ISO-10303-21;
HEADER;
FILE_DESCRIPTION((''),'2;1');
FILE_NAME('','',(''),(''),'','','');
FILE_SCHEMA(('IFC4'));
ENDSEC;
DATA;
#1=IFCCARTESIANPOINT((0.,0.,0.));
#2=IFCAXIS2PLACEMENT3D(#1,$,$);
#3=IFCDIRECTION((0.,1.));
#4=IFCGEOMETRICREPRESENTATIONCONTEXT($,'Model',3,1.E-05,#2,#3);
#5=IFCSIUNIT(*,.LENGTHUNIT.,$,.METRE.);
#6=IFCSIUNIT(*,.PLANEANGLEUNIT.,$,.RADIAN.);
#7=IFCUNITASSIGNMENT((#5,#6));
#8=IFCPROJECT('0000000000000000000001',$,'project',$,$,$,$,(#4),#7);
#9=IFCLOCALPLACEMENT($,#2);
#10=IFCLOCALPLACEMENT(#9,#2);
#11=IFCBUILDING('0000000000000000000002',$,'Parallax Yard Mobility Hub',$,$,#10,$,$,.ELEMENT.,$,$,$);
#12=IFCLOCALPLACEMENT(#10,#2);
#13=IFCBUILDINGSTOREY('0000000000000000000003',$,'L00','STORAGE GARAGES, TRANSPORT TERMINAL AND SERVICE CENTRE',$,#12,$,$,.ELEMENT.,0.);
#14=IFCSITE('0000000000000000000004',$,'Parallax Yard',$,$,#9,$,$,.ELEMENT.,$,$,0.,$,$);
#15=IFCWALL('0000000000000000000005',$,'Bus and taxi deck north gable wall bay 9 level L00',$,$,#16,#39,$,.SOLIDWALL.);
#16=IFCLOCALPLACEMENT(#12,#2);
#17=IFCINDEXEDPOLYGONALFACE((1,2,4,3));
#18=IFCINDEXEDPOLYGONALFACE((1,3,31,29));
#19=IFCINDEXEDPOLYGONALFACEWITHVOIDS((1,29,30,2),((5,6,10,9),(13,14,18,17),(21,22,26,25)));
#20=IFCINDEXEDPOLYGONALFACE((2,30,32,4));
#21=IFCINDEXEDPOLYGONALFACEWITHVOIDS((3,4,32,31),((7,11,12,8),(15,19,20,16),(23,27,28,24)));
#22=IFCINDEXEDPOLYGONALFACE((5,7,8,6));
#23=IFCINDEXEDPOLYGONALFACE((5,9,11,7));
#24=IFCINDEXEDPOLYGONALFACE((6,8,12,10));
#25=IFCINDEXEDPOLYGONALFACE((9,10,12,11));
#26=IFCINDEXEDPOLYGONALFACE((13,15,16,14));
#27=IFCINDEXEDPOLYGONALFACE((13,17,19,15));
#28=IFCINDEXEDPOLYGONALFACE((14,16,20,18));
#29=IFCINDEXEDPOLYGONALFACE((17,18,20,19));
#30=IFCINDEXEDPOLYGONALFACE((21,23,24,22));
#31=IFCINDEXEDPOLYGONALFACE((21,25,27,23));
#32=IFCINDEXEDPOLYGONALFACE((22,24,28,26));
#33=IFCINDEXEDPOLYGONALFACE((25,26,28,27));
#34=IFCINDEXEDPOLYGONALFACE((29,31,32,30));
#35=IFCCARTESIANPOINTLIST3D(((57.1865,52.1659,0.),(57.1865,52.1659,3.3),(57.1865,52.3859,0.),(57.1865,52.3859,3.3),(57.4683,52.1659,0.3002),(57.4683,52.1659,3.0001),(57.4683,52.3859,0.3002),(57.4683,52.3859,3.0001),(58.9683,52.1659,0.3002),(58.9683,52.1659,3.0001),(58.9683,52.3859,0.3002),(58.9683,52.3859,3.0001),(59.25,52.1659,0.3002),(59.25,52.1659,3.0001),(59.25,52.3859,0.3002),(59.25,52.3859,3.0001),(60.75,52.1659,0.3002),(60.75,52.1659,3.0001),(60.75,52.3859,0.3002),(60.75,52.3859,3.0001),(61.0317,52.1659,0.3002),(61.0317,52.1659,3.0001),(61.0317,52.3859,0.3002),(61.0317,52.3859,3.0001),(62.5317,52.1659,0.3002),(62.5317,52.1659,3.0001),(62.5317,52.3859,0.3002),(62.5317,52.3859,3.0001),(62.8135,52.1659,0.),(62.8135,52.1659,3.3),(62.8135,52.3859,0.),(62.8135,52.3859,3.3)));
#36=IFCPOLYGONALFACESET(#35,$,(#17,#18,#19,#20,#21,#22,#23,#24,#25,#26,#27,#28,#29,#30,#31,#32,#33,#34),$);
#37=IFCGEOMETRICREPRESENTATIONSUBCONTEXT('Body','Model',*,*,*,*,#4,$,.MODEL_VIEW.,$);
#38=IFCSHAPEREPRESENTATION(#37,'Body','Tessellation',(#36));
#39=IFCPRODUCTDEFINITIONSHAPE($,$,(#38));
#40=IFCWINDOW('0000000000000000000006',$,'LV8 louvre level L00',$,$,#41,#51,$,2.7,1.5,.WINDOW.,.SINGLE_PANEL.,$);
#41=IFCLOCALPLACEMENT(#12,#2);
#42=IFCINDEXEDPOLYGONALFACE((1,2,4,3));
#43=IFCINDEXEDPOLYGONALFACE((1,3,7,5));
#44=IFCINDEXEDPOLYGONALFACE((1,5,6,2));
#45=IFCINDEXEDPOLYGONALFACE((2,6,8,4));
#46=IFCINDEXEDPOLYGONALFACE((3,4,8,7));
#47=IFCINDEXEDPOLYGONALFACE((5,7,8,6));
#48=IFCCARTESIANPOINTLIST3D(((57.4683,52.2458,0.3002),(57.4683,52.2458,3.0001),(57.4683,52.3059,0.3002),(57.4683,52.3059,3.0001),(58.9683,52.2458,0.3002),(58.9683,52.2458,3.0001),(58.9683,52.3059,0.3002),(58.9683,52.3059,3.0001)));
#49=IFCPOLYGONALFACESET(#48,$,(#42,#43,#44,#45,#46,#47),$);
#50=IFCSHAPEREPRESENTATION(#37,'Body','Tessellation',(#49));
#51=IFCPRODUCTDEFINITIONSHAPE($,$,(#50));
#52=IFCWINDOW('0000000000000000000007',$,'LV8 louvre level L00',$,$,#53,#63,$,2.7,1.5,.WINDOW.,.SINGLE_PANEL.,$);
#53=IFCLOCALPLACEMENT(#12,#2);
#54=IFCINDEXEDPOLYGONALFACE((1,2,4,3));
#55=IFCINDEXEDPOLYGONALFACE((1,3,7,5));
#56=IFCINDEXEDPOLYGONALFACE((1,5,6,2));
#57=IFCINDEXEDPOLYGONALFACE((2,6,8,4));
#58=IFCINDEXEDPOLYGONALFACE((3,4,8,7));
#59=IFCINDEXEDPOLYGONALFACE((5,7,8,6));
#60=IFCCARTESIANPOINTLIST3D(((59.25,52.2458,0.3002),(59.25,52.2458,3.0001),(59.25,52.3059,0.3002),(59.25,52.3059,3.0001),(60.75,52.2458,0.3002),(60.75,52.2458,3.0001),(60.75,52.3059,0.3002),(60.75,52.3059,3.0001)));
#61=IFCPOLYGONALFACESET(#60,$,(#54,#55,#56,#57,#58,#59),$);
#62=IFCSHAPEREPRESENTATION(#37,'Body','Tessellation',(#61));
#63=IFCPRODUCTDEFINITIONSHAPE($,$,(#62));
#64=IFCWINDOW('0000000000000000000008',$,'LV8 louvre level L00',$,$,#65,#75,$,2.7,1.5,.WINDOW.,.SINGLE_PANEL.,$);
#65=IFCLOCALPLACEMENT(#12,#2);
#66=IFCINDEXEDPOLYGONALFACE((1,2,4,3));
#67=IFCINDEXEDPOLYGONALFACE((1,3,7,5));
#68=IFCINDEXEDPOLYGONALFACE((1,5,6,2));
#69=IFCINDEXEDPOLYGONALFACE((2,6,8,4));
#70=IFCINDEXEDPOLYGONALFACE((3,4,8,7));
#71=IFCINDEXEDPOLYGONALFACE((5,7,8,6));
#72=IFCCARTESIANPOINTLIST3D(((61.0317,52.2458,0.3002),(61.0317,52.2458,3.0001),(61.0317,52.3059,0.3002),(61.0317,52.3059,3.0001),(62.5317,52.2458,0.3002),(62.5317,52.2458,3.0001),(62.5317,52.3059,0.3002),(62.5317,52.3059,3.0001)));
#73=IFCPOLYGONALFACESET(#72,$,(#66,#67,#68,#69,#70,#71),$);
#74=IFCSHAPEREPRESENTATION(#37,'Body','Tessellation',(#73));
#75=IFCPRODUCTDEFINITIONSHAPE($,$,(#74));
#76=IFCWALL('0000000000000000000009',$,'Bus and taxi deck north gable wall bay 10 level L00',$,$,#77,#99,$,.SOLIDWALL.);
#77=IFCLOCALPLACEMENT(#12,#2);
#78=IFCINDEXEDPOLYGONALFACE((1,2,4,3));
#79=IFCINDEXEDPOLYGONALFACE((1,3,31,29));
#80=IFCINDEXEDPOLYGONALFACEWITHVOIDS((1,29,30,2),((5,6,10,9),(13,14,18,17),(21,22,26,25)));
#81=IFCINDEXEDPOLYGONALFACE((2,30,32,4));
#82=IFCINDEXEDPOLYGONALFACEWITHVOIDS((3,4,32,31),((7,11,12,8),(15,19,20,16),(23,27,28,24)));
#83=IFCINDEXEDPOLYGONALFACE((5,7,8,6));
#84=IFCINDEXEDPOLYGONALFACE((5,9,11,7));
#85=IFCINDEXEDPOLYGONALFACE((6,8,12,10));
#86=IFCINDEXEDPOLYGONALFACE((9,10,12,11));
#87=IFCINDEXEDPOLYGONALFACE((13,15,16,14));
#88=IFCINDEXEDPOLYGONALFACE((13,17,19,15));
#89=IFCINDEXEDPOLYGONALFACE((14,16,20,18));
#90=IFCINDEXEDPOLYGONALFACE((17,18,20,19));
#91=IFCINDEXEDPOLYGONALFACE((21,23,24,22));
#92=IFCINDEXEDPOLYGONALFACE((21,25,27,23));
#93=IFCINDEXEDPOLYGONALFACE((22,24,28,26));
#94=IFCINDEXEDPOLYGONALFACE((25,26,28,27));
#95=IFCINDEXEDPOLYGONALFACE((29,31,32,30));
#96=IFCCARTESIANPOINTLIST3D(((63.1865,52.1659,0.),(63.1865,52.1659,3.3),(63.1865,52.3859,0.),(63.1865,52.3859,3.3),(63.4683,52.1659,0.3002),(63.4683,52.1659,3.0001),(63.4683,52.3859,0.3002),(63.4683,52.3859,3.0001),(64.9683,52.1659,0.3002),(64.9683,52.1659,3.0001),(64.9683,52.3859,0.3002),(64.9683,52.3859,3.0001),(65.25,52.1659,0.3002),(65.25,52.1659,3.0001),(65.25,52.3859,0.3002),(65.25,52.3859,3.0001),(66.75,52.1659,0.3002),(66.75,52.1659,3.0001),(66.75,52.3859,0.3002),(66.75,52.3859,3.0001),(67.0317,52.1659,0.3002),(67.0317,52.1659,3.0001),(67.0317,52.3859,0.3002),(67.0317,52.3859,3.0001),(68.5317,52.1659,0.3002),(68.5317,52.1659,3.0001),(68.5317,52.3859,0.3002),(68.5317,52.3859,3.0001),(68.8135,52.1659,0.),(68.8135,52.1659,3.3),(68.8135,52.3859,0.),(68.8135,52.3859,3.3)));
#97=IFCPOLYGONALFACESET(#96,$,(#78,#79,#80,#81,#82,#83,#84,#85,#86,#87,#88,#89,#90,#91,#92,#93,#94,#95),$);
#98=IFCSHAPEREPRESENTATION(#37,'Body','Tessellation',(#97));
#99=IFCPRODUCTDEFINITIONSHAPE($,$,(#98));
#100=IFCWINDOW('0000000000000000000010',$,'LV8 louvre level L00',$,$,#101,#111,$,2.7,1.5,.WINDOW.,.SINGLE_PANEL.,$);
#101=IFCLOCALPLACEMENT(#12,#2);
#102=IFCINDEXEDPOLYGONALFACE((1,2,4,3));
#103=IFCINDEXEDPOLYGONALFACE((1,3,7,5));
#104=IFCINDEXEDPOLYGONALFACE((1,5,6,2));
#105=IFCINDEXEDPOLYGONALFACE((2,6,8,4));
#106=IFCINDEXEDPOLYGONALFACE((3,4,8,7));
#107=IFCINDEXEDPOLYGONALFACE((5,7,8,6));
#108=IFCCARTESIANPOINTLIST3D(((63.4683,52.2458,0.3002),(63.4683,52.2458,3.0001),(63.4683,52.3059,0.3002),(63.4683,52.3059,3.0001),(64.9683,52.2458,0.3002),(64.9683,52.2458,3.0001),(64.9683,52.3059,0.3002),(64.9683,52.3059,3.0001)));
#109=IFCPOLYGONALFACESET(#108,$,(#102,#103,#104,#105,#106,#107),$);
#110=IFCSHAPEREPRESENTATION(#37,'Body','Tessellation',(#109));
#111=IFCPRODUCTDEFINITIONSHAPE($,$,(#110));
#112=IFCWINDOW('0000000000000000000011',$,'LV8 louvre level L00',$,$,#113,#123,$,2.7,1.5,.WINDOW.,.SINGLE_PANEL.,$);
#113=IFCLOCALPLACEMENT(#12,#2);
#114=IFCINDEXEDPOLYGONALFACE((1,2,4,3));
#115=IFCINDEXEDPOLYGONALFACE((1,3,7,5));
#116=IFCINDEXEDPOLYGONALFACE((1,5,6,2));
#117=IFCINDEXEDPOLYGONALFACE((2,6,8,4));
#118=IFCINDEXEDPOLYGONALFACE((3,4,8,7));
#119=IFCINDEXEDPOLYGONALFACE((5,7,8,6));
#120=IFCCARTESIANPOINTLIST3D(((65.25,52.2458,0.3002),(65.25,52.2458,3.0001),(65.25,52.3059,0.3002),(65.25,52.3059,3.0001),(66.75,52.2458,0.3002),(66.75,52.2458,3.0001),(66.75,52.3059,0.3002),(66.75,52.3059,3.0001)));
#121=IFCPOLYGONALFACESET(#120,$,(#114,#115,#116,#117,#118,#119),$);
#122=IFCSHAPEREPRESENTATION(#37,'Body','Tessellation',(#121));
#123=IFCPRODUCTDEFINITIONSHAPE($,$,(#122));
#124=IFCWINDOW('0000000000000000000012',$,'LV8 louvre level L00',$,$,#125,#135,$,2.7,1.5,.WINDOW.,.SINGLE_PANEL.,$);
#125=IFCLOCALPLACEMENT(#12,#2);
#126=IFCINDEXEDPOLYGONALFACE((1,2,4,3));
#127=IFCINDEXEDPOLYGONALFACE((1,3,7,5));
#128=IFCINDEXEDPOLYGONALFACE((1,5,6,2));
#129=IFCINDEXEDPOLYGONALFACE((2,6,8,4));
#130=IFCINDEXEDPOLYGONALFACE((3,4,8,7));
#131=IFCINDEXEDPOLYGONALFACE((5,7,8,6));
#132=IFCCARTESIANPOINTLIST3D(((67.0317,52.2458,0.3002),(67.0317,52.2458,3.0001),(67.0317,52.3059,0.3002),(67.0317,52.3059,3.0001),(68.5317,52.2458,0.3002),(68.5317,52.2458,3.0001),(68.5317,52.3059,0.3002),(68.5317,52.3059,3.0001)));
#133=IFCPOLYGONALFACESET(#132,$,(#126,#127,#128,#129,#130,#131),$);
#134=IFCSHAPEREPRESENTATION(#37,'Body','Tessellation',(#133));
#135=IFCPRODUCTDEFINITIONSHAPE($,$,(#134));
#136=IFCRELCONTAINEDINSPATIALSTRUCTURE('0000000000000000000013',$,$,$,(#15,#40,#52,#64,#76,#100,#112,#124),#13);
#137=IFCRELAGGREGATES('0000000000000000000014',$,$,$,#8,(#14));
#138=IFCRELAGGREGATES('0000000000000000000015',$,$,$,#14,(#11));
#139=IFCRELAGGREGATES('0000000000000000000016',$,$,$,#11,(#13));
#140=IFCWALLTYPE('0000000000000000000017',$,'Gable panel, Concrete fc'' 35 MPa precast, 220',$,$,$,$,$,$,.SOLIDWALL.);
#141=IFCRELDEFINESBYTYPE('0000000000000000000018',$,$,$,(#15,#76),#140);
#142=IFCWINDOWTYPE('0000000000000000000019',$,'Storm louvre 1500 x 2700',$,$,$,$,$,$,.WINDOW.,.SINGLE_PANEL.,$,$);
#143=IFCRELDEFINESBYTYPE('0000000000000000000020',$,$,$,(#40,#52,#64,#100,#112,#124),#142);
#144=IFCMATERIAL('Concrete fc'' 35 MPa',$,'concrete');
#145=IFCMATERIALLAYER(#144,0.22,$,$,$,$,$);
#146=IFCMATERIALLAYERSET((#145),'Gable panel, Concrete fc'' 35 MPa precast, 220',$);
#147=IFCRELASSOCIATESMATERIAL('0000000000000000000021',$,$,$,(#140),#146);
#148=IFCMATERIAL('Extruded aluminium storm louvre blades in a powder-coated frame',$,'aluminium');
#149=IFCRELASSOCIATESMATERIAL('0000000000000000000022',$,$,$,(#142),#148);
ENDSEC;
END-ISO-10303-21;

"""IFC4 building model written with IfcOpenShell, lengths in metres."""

from ifc_helpers import new_model, si_unit, direction, frame, frame_2d, origin, place, context, subcontext, project, spatial, rectangle, extrude, material, layer, layer_set, type_object, element, fill, save


model = new_model("IFC4")

# Units and contexts
model_context = context("Model", 3, precision=1e-05, world=origin(), true_north=direction((0.0, 1.0)))
body_context = subcontext(model_context, "Body", "Model", "MODEL_VIEW")
ifc_project = project(units=[si_unit("LENGTHUNIT", "METRE"), si_unit("PLANEANGLEUNIT", "RADIAN")], contexts=[model_context])

# Site, building, storey
site_placement = place(None, origin())
site = spatial("IfcSite", under=ifc_project, at=site_placement, Name="Parallax Yard", CompositionType="ELEMENT", RefElevation=0.0)
building_placement = place(site_placement, origin())
building = spatial("IfcBuilding", under=site, at=building_placement, Name="Parallax Yard Mobility Hub", CompositionType="ELEMENT")
storey_placement = place(building_placement, origin())
storey = spatial("IfcBuildingStorey", under=building, at=storey_placement, Name="L00", Description="STORAGE GARAGES, TRANSPORT TERMINAL AND SERVICE CENTRE", CompositionType="ELEMENT", Elevation=0.0)

# Shared definitions
ifc_material_1 = material(Name="Concrete fc' 35 MPa", Category="concrete")
ifc_layer = layer(ifc_material_1, 0.22)
ifc_layer_set = layer_set([ifc_layer], Name="Gable panel, Concrete fc' 35 MPa precast, 220")
wall_type = type_object("IfcWallType", Name="Gable panel, Concrete fc' 35 MPa precast, 220", PredefinedType="SOLIDWALL", material=ifc_layer_set)
ifc_material_2 = material(Name="Extruded aluminium storm louvre blades in a powder-coated frame", Category="aluminium")

# Walls, openings, windows
wall_1_placement = place(storey_placement, frame((57.1865, 52.2759, 0.0), z_axis=(0.0, 0.0, 1.0), x_axis=(1.0, 0.0, 0.0)))
wall_1 = element("IfcWall", 1, at=wall_1_placement, inside=storey, type_object=wall_type, Name="Bus and taxi deck north gable wall bay 9 level L00", PredefinedType="SOLIDWALL", context=body_context, shape_type="SweptSolid", body=[
    extrude(rectangle(XDim=5.627, YDim=0.22, at=frame_2d((2.8135, 0.0))), origin(), (0.0, 0.0, 1.0), 3.3),
])
opening_1_placement = place(wall_1_placement, frame((0.2817, 0.0, 0.3)))
opening_1 = element("IfcOpeningElement", 2, at=opening_1_placement, cuts=wall_1, PredefinedType="OPENING", context=body_context, shape_type="SweptSolid", body=[
    extrude(rectangle(XDim=1.5, YDim=2.7, at=frame_2d((0.75, 1.3501))), frame((0.0, 0.1201, 0.0), z_axis=(0.0, -1.0, 0.0), x_axis=(1.0, 0.0, 0.0)), (0.0, 0.0, 1.0), 0.24),
])
opening_2_placement = place(wall_1_placement, frame((2.0635, 0.0, 0.3)))
opening_2 = element("IfcOpeningElement", 3, at=opening_2_placement, cuts=wall_1, PredefinedType="OPENING", context=body_context, shape_type="SweptSolid", body=[
    extrude(rectangle(XDim=1.5, YDim=2.7, at=frame_2d((0.75, 1.3501))), frame((0.0, 0.1201, 0.0), z_axis=(0.0, -1.0, 0.0), x_axis=(1.0, 0.0, 0.0)), (0.0, 0.0, 1.0), 0.24),
])
opening_3_placement = place(wall_1_placement, frame((3.8452, 0.0, 0.3)))
opening_3 = element("IfcOpeningElement", 4, at=opening_3_placement, cuts=wall_1, PredefinedType="OPENING", context=body_context, shape_type="SweptSolid", body=[
    extrude(rectangle(XDim=1.5, YDim=2.7, at=frame_2d((0.75, 1.3501))), frame((0.0, 0.1201, 0.0), z_axis=(0.0, -1.0, 0.0), x_axis=(1.0, 0.0, 0.0)), (0.0, 0.0, 1.0), 0.24),
])
window_type_1 = type_object("IfcWindowType", Name="Storm louvre 1500 x 2700", PartitioningType="SINGLE_PANEL", PredefinedType="WINDOW", material=ifc_material_2)
window_1_placement = place(opening_1_placement, origin())
window_1 = element("IfcWindow", 5, at=window_1_placement, inside=storey, type_object=window_type_1, Name="LV8 louvre level L00", OverallHeight=2.7, OverallWidth=1.5, PartitioningType="SINGLE_PANEL", PredefinedType="WINDOW", context=body_context, shape_type="SweptSolid", body=[
    extrude(rectangle(XDim=1.5, YDim=2.7, at=frame_2d((0.75, 1.3501))), frame((0.0, 0.03, 0.0), z_axis=(0.0, -1.0, 0.0), x_axis=(1.0, 0.0, 0.0)), (0.0, 0.0, 1.0), 0.0601),
])
fill(opening_1, window_1)
window_2_placement = place(opening_2_placement, origin())
window_2 = element("IfcWindow", 6, at=window_2_placement, inside=storey, type_object=window_type_1, Name="LV8 louvre level L00", OverallHeight=2.7, OverallWidth=1.5, PartitioningType="SINGLE_PANEL", PredefinedType="WINDOW", context=body_context, shape_type="SweptSolid", body=[
    extrude(rectangle(XDim=1.5, YDim=2.7, at=frame_2d((0.75, 1.3501))), frame((0.0, 0.03, 0.0), z_axis=(0.0, -1.0, 0.0), x_axis=(1.0, 0.0, 0.0)), (0.0, 0.0, 1.0), 0.0601),
])
fill(opening_2, window_2)
window_3_placement = place(opening_3_placement, origin())
window_3 = element("IfcWindow", 7, at=window_3_placement, inside=storey, type_object=window_type_1, Name="LV8 louvre level L00", OverallHeight=2.7, OverallWidth=1.5, PartitioningType="SINGLE_PANEL", PredefinedType="WINDOW", context=body_context, shape_type="SweptSolid", body=[
    extrude(rectangle(XDim=1.5, YDim=2.7, at=frame_2d((0.75, 1.3501))), frame((0.0, 0.03, 0.0), z_axis=(0.0, -1.0, 0.0), x_axis=(1.0, 0.0, 0.0)), (0.0, 0.0, 1.0), 0.0601),
])
fill(opening_3, window_3)
wall_2_placement = place(storey_placement, frame((63.1865, 52.2759, 0.0), z_axis=(0.0, 0.0, 1.0), x_axis=(1.0, 0.0, 0.0)))
wall_2 = element("IfcWall", 8, at=wall_2_placement, inside=storey, type_object=wall_type, Name="Bus and taxi deck north gable wall bay 10 level L00", PredefinedType="SOLIDWALL", context=body_context, shape_type="SweptSolid", body=[
    extrude(rectangle(XDim=5.627, YDim=0.22, at=frame_2d((2.8135, 0.0))), origin(), (0.0, 0.0, 1.0), 3.3),
])
opening_4_placement = place(wall_2_placement, frame((0.2817, 0.0, 0.3)))
opening_4 = element("IfcOpeningElement", 9, at=opening_4_placement, cuts=wall_2, PredefinedType="OPENING", context=body_context, shape_type="SweptSolid", body=[
    extrude(rectangle(XDim=1.5, YDim=2.7, at=frame_2d((0.75, 1.3501))), frame((0.0, 0.1201, 0.0), z_axis=(0.0, -1.0, 0.0), x_axis=(1.0, 0.0, 0.0)), (0.0, 0.0, 1.0), 0.24),
])
opening_5_placement = place(wall_2_placement, frame((2.0635, 0.0, 0.3)))
opening_5 = element("IfcOpeningElement", 10, at=opening_5_placement, cuts=wall_2, PredefinedType="OPENING", context=body_context, shape_type="SweptSolid", body=[
    extrude(rectangle(XDim=1.5, YDim=2.7, at=frame_2d((0.75, 1.3501))), frame((0.0, 0.1201, 0.0), z_axis=(0.0, -1.0, 0.0), x_axis=(1.0, 0.0, 0.0)), (0.0, 0.0, 1.0), 0.24),
])
opening_6_placement = place(wall_2_placement, frame((3.8452, 0.0, 0.3)))
opening_6 = element("IfcOpeningElement", 11, at=opening_6_placement, cuts=wall_2, PredefinedType="OPENING", context=body_context, shape_type="SweptSolid", body=[
    extrude(rectangle(XDim=1.5, YDim=2.7, at=frame_2d((0.75, 1.3501))), frame((0.0, 0.1201, 0.0), z_axis=(0.0, -1.0, 0.0), x_axis=(1.0, 0.0, 0.0)), (0.0, 0.0, 1.0), 0.24),
])
window_4_placement = place(opening_4_placement, origin())
window_4 = element("IfcWindow", 12, at=window_4_placement, inside=storey, type_object=window_type_1, Name="LV8 louvre level L00", OverallHeight=2.7, OverallWidth=1.5, PartitioningType="SINGLE_PANEL", PredefinedType="WINDOW", context=body_context, shape_type="SweptSolid", body=[
    extrude(rectangle(XDim=1.5, YDim=2.7, at=frame_2d((0.75, 1.3501))), frame((0.0, 0.03, 0.0), z_axis=(0.0, -1.0, 0.0), x_axis=(1.0, 0.0, 0.0)), (0.0, 0.0, 1.0), 0.0601),
])
fill(opening_4, window_4)
window_5_placement = place(opening_5_placement, origin())
window_5 = element("IfcWindow", 13, at=window_5_placement, inside=storey, type_object=window_type_1, Name="LV8 louvre level L00", OverallHeight=2.7, OverallWidth=1.5, PartitioningType="SINGLE_PANEL", PredefinedType="WINDOW", context=body_context, shape_type="SweptSolid", body=[
    extrude(rectangle(XDim=1.5, YDim=2.7, at=frame_2d((0.75, 1.3501))), frame((0.0, 0.03, 0.0), z_axis=(0.0, -1.0, 0.0), x_axis=(1.0, 0.0, 0.0)), (0.0, 0.0, 1.0), 0.0601),
])
fill(opening_5, window_5)
window_6_placement = place(opening_6_placement, origin())
window_6 = element("IfcWindow", 14, at=window_6_placement, inside=storey, type_object=window_type_1, Name="LV8 louvre level L00", OverallHeight=2.7, OverallWidth=1.5, PartitioningType="SINGLE_PANEL", PredefinedType="WINDOW", context=body_context, shape_type="SweptSolid", body=[
    extrude(rectangle(XDim=1.5, YDim=2.7, at=frame_2d((0.75, 1.3501))), frame((0.0, 0.03, 0.0), z_axis=(0.0, -1.0, 0.0), x_axis=(1.0, 0.0, 0.0)), (0.0, 0.0, 1.0), 0.0601),
])
fill(opening_6, window_6)

save(model, "model.ifc")
